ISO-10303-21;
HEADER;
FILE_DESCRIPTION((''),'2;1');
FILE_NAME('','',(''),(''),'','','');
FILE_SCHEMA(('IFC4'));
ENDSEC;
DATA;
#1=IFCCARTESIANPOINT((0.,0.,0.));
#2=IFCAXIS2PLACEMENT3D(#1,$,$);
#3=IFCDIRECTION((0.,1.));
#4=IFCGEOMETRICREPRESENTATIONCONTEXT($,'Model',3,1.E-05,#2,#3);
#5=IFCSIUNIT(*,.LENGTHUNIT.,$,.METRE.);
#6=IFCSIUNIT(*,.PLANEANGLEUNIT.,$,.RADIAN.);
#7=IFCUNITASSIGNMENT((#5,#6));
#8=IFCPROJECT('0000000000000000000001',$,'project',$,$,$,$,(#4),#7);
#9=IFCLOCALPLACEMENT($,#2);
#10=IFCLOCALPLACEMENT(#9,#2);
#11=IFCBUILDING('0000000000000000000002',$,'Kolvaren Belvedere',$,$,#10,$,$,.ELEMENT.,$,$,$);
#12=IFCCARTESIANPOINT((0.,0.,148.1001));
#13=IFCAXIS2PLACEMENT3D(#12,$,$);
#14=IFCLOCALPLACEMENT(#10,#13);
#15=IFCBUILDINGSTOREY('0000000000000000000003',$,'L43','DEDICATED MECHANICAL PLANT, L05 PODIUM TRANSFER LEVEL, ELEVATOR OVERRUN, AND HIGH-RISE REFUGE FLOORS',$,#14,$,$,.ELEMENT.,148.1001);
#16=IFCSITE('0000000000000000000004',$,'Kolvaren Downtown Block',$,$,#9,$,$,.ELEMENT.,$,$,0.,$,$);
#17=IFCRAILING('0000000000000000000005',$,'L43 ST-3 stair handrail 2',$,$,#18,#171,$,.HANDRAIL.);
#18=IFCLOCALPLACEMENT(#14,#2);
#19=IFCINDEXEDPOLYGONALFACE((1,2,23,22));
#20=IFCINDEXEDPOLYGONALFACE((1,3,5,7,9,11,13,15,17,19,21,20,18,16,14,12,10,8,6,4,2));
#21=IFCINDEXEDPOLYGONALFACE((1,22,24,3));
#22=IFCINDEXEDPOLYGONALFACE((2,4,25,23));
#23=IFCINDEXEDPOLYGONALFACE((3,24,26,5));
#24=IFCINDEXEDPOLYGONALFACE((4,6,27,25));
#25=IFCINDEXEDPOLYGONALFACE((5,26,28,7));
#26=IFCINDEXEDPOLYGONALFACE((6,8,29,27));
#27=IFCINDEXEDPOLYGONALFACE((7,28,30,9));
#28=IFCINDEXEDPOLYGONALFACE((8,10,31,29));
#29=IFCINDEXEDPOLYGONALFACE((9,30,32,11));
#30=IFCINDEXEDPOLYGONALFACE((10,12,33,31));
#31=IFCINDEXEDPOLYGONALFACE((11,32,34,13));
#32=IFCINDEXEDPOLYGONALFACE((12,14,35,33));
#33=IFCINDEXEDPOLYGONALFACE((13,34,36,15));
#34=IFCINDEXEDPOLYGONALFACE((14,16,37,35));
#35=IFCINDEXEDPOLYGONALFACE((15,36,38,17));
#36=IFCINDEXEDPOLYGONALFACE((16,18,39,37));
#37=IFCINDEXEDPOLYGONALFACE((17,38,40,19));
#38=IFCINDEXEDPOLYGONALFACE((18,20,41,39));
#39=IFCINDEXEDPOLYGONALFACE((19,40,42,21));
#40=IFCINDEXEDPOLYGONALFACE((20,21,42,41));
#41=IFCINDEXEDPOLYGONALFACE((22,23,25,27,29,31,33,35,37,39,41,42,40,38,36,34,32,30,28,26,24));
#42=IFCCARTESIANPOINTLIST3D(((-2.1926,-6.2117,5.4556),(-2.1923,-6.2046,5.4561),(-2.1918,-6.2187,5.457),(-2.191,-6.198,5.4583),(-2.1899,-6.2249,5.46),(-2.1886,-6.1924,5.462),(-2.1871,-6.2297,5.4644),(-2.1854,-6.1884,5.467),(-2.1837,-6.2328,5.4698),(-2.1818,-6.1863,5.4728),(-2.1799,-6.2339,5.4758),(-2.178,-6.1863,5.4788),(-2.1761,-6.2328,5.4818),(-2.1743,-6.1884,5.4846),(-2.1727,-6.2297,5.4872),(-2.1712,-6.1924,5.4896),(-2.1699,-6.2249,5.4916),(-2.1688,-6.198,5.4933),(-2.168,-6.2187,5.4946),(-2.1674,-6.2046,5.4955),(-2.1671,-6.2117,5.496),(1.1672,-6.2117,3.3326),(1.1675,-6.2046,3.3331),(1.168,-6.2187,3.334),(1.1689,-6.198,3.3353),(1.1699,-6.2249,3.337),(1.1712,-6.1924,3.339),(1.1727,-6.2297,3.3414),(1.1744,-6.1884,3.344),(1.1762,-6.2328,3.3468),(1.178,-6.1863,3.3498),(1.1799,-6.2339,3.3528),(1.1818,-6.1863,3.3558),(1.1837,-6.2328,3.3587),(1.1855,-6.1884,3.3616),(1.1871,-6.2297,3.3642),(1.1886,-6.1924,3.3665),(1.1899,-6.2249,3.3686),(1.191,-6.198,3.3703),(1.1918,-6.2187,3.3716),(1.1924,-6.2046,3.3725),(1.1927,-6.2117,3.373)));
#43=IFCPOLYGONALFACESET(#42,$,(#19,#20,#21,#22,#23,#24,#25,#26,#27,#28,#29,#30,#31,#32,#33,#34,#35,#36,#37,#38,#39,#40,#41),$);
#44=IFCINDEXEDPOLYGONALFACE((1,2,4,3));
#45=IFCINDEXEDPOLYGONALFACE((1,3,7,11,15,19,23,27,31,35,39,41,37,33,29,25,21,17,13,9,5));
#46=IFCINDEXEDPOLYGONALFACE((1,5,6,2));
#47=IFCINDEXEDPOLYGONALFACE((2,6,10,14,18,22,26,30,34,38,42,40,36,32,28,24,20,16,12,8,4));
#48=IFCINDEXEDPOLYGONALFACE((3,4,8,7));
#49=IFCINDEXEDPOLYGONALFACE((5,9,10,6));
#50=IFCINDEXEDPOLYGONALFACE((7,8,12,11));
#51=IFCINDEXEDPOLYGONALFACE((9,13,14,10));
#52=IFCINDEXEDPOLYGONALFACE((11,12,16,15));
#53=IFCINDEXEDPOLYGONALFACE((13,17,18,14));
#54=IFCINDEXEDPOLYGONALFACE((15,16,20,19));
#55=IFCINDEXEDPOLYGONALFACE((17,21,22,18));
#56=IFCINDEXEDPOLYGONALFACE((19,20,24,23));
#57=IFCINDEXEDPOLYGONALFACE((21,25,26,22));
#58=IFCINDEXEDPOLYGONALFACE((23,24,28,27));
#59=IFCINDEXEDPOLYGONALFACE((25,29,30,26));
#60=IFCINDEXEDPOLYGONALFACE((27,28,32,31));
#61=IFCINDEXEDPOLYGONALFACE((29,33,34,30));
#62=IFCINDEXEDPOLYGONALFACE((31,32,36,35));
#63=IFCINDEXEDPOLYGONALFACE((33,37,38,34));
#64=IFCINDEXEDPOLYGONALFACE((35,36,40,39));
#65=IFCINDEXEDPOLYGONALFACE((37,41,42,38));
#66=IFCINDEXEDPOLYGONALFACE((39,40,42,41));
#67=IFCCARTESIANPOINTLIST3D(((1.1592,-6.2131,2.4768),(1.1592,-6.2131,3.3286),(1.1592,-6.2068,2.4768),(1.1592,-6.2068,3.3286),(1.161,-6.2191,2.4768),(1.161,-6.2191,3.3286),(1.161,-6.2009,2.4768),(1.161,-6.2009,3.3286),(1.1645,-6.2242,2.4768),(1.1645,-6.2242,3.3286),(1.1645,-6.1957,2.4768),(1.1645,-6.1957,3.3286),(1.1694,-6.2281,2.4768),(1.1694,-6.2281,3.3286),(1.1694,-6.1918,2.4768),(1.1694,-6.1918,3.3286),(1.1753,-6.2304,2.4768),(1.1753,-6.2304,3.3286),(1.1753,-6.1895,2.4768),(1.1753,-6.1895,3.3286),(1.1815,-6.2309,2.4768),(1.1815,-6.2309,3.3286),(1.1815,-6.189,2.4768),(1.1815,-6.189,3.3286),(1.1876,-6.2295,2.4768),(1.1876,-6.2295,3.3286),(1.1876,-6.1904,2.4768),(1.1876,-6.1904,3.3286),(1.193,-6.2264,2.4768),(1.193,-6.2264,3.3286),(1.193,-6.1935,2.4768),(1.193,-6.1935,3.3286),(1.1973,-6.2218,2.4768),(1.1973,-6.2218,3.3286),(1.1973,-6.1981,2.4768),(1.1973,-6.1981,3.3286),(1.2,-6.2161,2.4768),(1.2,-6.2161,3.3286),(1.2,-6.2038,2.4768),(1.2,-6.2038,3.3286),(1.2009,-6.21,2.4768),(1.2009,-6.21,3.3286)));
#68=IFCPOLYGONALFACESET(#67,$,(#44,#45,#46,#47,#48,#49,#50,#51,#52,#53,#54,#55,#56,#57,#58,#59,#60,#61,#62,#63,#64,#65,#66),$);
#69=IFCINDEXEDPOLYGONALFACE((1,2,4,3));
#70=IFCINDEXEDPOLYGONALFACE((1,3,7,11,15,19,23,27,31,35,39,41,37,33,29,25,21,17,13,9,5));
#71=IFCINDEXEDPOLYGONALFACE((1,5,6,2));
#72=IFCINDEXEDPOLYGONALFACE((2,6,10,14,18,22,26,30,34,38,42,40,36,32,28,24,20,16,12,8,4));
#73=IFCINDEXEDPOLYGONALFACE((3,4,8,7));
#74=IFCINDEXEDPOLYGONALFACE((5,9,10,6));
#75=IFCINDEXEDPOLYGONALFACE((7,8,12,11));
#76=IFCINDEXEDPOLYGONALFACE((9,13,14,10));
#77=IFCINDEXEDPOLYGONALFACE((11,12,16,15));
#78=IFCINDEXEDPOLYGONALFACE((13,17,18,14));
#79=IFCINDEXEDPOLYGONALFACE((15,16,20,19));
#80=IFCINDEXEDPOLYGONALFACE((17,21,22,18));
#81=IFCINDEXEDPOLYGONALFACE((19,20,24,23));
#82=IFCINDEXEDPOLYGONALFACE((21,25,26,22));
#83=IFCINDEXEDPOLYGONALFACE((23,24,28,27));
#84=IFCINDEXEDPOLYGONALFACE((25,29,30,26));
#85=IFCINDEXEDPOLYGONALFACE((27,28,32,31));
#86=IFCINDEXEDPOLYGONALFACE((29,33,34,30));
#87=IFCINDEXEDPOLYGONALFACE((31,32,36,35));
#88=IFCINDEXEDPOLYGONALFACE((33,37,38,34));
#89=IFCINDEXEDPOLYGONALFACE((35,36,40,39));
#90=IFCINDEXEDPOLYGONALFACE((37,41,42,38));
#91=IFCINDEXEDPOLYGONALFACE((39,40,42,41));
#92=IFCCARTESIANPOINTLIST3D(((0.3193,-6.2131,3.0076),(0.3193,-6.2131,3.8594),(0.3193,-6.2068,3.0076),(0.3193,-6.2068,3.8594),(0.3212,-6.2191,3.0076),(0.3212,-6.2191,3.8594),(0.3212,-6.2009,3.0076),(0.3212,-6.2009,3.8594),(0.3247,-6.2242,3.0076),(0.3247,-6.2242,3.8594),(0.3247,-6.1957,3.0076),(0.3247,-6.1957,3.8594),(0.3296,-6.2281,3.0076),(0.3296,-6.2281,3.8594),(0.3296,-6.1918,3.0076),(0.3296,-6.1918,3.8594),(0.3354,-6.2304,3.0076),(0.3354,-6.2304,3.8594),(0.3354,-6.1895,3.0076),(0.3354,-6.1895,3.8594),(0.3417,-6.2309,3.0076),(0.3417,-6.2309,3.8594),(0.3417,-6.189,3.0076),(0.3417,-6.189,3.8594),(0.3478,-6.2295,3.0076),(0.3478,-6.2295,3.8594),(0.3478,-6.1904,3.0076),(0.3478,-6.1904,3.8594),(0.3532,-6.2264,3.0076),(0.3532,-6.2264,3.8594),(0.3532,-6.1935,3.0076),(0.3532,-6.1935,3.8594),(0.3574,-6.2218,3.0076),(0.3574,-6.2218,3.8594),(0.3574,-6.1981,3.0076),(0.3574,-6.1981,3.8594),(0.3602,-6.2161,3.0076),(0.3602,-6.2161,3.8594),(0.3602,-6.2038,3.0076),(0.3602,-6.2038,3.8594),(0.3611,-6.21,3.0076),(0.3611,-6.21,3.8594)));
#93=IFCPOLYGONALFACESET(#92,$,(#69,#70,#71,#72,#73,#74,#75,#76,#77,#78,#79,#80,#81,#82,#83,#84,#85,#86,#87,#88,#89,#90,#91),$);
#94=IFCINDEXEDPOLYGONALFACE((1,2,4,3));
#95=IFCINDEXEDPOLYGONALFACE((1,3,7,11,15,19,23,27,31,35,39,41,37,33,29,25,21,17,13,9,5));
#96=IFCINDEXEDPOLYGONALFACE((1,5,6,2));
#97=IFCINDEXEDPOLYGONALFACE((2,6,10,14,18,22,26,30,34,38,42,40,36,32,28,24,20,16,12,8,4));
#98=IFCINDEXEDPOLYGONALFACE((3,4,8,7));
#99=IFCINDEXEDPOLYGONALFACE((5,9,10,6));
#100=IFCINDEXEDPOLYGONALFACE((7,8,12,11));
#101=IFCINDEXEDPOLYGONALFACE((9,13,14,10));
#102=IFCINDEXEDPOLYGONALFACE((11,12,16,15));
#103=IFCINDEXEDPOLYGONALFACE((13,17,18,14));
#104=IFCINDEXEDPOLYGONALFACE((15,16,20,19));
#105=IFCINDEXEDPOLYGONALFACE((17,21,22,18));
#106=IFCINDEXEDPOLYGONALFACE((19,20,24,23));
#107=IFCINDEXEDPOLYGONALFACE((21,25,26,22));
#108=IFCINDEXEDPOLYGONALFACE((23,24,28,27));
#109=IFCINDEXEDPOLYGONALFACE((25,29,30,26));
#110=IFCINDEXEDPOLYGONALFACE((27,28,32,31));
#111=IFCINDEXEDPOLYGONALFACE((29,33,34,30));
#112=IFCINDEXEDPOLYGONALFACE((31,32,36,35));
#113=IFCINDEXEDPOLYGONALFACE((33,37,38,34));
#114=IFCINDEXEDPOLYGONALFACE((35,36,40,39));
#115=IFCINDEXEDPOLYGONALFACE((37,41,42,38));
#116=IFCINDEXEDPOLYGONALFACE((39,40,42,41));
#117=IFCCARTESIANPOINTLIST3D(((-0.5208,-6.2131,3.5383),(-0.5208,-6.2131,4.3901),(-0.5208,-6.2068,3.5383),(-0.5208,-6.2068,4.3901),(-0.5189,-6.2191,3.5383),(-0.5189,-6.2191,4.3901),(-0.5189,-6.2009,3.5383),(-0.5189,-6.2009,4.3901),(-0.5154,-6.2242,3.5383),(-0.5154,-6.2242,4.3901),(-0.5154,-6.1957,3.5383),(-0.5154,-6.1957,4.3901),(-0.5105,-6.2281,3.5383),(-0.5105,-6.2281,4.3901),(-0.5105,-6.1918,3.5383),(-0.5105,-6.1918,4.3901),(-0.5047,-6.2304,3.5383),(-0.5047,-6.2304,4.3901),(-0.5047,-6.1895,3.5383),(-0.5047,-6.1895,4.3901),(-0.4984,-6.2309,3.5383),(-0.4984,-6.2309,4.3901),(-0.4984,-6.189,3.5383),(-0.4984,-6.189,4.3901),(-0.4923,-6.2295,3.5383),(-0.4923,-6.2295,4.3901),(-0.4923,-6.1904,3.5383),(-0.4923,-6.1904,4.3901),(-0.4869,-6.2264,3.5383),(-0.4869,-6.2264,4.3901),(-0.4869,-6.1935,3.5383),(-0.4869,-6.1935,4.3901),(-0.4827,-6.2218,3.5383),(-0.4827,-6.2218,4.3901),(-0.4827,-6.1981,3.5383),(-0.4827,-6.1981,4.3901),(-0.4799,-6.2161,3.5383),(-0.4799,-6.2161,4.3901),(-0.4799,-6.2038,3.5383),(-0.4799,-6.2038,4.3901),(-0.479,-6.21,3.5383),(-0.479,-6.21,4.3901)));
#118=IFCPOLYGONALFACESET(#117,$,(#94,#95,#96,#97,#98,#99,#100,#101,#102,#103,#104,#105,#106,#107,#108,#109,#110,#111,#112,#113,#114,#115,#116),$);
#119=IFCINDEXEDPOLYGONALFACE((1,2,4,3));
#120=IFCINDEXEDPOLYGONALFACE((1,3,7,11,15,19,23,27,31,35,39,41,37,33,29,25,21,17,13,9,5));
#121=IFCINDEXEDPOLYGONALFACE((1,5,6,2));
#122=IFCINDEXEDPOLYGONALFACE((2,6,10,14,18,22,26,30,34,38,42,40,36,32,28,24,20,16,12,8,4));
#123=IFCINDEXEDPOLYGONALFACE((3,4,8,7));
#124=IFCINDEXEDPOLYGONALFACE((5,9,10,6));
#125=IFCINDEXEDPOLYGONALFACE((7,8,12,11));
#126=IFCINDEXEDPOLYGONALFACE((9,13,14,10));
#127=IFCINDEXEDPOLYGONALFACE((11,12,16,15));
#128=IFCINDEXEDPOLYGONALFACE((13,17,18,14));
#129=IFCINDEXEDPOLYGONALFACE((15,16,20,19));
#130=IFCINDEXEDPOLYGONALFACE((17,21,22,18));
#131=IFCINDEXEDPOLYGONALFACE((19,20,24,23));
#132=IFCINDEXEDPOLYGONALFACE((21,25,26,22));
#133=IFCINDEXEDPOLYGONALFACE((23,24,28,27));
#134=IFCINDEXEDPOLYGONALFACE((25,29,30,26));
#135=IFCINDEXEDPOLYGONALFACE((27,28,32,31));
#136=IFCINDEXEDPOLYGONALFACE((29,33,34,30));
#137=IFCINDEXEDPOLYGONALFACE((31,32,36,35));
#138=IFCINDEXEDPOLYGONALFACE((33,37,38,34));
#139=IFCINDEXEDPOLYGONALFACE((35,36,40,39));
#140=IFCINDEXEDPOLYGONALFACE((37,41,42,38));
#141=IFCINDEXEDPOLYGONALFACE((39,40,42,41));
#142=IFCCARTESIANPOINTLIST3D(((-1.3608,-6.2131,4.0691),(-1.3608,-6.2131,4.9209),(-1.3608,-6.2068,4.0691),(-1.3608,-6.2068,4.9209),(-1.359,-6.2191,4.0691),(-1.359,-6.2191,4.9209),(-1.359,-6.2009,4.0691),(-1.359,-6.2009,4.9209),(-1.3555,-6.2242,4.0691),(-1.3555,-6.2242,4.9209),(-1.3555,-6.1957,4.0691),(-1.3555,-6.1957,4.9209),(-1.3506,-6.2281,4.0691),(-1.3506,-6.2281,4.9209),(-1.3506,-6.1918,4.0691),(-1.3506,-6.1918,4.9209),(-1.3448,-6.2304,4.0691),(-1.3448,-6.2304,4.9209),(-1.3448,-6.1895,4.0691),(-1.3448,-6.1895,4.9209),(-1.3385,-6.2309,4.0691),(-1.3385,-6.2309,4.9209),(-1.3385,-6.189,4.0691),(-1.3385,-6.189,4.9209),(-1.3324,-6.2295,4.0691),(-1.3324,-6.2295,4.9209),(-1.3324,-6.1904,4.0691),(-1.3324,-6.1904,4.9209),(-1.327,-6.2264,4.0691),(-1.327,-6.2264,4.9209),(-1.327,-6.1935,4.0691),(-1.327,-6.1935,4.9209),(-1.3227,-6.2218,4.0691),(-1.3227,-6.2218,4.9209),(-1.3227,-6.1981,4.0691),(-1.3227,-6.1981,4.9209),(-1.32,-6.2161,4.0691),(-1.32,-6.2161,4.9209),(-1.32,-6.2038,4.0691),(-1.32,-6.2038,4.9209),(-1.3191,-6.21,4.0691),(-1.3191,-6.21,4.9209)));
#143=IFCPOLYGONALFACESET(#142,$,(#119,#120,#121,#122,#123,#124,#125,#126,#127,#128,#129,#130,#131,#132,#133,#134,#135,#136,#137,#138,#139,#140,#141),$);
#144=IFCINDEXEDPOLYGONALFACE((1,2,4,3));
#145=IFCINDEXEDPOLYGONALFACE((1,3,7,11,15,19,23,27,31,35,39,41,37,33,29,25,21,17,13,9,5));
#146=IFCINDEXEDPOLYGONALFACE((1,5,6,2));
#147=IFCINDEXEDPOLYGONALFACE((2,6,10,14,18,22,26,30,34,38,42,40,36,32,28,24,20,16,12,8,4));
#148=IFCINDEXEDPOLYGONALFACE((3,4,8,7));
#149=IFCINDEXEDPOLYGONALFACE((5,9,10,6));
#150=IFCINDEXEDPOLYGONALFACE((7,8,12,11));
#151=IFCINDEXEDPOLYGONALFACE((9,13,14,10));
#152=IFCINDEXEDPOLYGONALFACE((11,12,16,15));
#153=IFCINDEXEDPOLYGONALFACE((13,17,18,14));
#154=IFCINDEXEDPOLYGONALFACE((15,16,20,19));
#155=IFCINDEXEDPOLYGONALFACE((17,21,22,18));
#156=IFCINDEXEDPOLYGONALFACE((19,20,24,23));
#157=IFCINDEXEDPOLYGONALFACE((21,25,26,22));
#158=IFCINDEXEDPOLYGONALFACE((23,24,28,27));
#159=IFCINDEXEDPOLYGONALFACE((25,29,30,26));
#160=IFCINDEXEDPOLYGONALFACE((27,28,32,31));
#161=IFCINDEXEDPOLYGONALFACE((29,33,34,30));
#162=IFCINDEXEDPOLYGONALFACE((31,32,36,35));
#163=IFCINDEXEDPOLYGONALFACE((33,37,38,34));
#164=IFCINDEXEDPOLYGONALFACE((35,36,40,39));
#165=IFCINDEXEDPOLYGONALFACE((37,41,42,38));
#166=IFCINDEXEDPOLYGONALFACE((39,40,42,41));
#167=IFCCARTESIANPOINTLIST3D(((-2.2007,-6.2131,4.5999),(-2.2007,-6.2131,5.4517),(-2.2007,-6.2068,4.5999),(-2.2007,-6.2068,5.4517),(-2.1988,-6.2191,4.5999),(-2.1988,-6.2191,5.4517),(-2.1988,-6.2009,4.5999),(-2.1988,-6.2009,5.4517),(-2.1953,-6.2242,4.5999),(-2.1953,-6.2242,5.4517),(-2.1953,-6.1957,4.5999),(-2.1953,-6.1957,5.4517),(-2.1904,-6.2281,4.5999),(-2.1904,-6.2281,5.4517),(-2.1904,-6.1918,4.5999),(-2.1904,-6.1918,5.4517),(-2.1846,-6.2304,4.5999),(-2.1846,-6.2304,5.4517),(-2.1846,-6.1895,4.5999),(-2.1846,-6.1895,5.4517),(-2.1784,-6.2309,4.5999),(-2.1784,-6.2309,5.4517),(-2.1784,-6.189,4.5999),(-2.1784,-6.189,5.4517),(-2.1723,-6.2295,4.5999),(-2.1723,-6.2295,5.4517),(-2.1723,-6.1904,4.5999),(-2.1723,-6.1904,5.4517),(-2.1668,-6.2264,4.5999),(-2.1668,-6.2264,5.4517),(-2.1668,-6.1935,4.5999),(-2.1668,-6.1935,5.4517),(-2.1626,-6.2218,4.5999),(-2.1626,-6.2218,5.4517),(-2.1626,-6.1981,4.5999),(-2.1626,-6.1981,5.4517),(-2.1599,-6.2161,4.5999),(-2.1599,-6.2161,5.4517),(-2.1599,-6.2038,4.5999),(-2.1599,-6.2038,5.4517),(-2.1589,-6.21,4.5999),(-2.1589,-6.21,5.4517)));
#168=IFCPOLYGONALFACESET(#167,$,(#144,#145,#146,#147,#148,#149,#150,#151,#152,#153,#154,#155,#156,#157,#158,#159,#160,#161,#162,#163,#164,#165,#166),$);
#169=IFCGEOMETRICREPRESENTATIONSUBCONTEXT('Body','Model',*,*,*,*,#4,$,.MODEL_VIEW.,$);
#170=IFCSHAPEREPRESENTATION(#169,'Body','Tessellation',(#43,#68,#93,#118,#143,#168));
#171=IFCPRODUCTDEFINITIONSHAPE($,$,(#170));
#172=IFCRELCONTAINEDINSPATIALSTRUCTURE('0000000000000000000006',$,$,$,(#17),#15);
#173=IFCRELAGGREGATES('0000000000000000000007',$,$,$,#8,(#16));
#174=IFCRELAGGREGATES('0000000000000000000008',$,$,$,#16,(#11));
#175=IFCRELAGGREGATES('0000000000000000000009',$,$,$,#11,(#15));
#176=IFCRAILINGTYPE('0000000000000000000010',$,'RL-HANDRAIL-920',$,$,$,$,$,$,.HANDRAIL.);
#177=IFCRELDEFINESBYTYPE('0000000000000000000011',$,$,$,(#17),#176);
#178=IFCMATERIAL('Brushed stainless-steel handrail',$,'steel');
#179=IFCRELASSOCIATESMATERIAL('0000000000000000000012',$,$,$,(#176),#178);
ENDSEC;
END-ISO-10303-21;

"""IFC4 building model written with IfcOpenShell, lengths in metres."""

from ifc_helpers import new_model, si_unit, direction, frame, origin, origin_2d, place, context, subcontext, project, spatial, circle, extrude, material, type_object, element, save


model = new_model("IFC4")

# Units and contexts
model_context = context("Model", 3, precision=1e-05, world=origin(), true_north=direction((0.0, 1.0)))
body_context = subcontext(model_context, "Body", "Model", "MODEL_VIEW")
ifc_project = project(units=[si_unit("LENGTHUNIT", "METRE"), si_unit("PLANEANGLEUNIT", "RADIAN")], contexts=[model_context])

# Site, building, storey
site_placement = place(None, origin())
site = spatial("IfcSite", under=ifc_project, at=site_placement, Name="Kolvaren Downtown Block", CompositionType="ELEMENT", RefElevation=0.0)
building_placement = place(site_placement, origin())
building = spatial("IfcBuilding", under=site, at=building_placement, Name="Kolvaren Belvedere", CompositionType="ELEMENT")
storey_placement = place(building_placement, frame((0.0, 0.0, 148.1001)))
storey = spatial("IfcBuildingStorey", under=building, at=storey_placement, Name="L43", Description="DEDICATED MECHANICAL PLANT, L05 PODIUM TRANSFER LEVEL, ELEVATOR OVERRUN, AND HIGH-RISE REFUGE FLOORS", CompositionType="ELEMENT", Elevation=148.1001)

# Railing
ifc_material_1 = material(Name="Brushed stainless-steel handrail", Category="steel")
railing_type_1 = type_object("IfcRailingType", Name="RL-HANDRAIL-920", PredefinedType="HANDRAIL", material=ifc_material_1)
railing_1_placement = place(storey_placement, frame((1.1799, -6.21, 2.4768)))
element("IfcRailing", 1, at=railing_1_placement, inside=storey, type_object=railing_type_1, Name="L43 ST-3 stair handrail 2", PredefinedType="HANDRAIL", context=body_context, shape_type="SweptSolid", body=[
    extrude(circle(Radius=0.0239, at=origin_2d()), frame((0.0, 0.0, 0.876), z_axis=(-0.845372, 0.0, 0.534178), x_axis=(0.0, -1.0, 0.0)), (0.0, 0.0, 1.0), 3.9744),
    extrude(circle(Radius=0.021, at=origin_2d()), origin(), (0.0, 0.0, 1.0), 0.8518),
    extrude(circle(Radius=0.021, at=origin_2d()), frame((-0.8398, 0.0, 0.5308)), (0.0, 0.0, 1.0), 0.8518),
    extrude(circle(Radius=0.021, at=origin_2d()), frame((-1.6799, 0.0, 1.0615)), (0.0, 0.0, 1.0), 0.8518),
    extrude(circle(Radius=0.021, at=origin_2d()), frame((-2.52, 0.0, 1.5923)), (0.0, 0.0, 1.0), 0.8518),
    extrude(circle(Radius=0.021, at=origin_2d()), frame((-3.3599, 0.0, 2.123)), (0.0, 0.0, 1.0), 0.8518),
])

save(model, "model.ifc")
